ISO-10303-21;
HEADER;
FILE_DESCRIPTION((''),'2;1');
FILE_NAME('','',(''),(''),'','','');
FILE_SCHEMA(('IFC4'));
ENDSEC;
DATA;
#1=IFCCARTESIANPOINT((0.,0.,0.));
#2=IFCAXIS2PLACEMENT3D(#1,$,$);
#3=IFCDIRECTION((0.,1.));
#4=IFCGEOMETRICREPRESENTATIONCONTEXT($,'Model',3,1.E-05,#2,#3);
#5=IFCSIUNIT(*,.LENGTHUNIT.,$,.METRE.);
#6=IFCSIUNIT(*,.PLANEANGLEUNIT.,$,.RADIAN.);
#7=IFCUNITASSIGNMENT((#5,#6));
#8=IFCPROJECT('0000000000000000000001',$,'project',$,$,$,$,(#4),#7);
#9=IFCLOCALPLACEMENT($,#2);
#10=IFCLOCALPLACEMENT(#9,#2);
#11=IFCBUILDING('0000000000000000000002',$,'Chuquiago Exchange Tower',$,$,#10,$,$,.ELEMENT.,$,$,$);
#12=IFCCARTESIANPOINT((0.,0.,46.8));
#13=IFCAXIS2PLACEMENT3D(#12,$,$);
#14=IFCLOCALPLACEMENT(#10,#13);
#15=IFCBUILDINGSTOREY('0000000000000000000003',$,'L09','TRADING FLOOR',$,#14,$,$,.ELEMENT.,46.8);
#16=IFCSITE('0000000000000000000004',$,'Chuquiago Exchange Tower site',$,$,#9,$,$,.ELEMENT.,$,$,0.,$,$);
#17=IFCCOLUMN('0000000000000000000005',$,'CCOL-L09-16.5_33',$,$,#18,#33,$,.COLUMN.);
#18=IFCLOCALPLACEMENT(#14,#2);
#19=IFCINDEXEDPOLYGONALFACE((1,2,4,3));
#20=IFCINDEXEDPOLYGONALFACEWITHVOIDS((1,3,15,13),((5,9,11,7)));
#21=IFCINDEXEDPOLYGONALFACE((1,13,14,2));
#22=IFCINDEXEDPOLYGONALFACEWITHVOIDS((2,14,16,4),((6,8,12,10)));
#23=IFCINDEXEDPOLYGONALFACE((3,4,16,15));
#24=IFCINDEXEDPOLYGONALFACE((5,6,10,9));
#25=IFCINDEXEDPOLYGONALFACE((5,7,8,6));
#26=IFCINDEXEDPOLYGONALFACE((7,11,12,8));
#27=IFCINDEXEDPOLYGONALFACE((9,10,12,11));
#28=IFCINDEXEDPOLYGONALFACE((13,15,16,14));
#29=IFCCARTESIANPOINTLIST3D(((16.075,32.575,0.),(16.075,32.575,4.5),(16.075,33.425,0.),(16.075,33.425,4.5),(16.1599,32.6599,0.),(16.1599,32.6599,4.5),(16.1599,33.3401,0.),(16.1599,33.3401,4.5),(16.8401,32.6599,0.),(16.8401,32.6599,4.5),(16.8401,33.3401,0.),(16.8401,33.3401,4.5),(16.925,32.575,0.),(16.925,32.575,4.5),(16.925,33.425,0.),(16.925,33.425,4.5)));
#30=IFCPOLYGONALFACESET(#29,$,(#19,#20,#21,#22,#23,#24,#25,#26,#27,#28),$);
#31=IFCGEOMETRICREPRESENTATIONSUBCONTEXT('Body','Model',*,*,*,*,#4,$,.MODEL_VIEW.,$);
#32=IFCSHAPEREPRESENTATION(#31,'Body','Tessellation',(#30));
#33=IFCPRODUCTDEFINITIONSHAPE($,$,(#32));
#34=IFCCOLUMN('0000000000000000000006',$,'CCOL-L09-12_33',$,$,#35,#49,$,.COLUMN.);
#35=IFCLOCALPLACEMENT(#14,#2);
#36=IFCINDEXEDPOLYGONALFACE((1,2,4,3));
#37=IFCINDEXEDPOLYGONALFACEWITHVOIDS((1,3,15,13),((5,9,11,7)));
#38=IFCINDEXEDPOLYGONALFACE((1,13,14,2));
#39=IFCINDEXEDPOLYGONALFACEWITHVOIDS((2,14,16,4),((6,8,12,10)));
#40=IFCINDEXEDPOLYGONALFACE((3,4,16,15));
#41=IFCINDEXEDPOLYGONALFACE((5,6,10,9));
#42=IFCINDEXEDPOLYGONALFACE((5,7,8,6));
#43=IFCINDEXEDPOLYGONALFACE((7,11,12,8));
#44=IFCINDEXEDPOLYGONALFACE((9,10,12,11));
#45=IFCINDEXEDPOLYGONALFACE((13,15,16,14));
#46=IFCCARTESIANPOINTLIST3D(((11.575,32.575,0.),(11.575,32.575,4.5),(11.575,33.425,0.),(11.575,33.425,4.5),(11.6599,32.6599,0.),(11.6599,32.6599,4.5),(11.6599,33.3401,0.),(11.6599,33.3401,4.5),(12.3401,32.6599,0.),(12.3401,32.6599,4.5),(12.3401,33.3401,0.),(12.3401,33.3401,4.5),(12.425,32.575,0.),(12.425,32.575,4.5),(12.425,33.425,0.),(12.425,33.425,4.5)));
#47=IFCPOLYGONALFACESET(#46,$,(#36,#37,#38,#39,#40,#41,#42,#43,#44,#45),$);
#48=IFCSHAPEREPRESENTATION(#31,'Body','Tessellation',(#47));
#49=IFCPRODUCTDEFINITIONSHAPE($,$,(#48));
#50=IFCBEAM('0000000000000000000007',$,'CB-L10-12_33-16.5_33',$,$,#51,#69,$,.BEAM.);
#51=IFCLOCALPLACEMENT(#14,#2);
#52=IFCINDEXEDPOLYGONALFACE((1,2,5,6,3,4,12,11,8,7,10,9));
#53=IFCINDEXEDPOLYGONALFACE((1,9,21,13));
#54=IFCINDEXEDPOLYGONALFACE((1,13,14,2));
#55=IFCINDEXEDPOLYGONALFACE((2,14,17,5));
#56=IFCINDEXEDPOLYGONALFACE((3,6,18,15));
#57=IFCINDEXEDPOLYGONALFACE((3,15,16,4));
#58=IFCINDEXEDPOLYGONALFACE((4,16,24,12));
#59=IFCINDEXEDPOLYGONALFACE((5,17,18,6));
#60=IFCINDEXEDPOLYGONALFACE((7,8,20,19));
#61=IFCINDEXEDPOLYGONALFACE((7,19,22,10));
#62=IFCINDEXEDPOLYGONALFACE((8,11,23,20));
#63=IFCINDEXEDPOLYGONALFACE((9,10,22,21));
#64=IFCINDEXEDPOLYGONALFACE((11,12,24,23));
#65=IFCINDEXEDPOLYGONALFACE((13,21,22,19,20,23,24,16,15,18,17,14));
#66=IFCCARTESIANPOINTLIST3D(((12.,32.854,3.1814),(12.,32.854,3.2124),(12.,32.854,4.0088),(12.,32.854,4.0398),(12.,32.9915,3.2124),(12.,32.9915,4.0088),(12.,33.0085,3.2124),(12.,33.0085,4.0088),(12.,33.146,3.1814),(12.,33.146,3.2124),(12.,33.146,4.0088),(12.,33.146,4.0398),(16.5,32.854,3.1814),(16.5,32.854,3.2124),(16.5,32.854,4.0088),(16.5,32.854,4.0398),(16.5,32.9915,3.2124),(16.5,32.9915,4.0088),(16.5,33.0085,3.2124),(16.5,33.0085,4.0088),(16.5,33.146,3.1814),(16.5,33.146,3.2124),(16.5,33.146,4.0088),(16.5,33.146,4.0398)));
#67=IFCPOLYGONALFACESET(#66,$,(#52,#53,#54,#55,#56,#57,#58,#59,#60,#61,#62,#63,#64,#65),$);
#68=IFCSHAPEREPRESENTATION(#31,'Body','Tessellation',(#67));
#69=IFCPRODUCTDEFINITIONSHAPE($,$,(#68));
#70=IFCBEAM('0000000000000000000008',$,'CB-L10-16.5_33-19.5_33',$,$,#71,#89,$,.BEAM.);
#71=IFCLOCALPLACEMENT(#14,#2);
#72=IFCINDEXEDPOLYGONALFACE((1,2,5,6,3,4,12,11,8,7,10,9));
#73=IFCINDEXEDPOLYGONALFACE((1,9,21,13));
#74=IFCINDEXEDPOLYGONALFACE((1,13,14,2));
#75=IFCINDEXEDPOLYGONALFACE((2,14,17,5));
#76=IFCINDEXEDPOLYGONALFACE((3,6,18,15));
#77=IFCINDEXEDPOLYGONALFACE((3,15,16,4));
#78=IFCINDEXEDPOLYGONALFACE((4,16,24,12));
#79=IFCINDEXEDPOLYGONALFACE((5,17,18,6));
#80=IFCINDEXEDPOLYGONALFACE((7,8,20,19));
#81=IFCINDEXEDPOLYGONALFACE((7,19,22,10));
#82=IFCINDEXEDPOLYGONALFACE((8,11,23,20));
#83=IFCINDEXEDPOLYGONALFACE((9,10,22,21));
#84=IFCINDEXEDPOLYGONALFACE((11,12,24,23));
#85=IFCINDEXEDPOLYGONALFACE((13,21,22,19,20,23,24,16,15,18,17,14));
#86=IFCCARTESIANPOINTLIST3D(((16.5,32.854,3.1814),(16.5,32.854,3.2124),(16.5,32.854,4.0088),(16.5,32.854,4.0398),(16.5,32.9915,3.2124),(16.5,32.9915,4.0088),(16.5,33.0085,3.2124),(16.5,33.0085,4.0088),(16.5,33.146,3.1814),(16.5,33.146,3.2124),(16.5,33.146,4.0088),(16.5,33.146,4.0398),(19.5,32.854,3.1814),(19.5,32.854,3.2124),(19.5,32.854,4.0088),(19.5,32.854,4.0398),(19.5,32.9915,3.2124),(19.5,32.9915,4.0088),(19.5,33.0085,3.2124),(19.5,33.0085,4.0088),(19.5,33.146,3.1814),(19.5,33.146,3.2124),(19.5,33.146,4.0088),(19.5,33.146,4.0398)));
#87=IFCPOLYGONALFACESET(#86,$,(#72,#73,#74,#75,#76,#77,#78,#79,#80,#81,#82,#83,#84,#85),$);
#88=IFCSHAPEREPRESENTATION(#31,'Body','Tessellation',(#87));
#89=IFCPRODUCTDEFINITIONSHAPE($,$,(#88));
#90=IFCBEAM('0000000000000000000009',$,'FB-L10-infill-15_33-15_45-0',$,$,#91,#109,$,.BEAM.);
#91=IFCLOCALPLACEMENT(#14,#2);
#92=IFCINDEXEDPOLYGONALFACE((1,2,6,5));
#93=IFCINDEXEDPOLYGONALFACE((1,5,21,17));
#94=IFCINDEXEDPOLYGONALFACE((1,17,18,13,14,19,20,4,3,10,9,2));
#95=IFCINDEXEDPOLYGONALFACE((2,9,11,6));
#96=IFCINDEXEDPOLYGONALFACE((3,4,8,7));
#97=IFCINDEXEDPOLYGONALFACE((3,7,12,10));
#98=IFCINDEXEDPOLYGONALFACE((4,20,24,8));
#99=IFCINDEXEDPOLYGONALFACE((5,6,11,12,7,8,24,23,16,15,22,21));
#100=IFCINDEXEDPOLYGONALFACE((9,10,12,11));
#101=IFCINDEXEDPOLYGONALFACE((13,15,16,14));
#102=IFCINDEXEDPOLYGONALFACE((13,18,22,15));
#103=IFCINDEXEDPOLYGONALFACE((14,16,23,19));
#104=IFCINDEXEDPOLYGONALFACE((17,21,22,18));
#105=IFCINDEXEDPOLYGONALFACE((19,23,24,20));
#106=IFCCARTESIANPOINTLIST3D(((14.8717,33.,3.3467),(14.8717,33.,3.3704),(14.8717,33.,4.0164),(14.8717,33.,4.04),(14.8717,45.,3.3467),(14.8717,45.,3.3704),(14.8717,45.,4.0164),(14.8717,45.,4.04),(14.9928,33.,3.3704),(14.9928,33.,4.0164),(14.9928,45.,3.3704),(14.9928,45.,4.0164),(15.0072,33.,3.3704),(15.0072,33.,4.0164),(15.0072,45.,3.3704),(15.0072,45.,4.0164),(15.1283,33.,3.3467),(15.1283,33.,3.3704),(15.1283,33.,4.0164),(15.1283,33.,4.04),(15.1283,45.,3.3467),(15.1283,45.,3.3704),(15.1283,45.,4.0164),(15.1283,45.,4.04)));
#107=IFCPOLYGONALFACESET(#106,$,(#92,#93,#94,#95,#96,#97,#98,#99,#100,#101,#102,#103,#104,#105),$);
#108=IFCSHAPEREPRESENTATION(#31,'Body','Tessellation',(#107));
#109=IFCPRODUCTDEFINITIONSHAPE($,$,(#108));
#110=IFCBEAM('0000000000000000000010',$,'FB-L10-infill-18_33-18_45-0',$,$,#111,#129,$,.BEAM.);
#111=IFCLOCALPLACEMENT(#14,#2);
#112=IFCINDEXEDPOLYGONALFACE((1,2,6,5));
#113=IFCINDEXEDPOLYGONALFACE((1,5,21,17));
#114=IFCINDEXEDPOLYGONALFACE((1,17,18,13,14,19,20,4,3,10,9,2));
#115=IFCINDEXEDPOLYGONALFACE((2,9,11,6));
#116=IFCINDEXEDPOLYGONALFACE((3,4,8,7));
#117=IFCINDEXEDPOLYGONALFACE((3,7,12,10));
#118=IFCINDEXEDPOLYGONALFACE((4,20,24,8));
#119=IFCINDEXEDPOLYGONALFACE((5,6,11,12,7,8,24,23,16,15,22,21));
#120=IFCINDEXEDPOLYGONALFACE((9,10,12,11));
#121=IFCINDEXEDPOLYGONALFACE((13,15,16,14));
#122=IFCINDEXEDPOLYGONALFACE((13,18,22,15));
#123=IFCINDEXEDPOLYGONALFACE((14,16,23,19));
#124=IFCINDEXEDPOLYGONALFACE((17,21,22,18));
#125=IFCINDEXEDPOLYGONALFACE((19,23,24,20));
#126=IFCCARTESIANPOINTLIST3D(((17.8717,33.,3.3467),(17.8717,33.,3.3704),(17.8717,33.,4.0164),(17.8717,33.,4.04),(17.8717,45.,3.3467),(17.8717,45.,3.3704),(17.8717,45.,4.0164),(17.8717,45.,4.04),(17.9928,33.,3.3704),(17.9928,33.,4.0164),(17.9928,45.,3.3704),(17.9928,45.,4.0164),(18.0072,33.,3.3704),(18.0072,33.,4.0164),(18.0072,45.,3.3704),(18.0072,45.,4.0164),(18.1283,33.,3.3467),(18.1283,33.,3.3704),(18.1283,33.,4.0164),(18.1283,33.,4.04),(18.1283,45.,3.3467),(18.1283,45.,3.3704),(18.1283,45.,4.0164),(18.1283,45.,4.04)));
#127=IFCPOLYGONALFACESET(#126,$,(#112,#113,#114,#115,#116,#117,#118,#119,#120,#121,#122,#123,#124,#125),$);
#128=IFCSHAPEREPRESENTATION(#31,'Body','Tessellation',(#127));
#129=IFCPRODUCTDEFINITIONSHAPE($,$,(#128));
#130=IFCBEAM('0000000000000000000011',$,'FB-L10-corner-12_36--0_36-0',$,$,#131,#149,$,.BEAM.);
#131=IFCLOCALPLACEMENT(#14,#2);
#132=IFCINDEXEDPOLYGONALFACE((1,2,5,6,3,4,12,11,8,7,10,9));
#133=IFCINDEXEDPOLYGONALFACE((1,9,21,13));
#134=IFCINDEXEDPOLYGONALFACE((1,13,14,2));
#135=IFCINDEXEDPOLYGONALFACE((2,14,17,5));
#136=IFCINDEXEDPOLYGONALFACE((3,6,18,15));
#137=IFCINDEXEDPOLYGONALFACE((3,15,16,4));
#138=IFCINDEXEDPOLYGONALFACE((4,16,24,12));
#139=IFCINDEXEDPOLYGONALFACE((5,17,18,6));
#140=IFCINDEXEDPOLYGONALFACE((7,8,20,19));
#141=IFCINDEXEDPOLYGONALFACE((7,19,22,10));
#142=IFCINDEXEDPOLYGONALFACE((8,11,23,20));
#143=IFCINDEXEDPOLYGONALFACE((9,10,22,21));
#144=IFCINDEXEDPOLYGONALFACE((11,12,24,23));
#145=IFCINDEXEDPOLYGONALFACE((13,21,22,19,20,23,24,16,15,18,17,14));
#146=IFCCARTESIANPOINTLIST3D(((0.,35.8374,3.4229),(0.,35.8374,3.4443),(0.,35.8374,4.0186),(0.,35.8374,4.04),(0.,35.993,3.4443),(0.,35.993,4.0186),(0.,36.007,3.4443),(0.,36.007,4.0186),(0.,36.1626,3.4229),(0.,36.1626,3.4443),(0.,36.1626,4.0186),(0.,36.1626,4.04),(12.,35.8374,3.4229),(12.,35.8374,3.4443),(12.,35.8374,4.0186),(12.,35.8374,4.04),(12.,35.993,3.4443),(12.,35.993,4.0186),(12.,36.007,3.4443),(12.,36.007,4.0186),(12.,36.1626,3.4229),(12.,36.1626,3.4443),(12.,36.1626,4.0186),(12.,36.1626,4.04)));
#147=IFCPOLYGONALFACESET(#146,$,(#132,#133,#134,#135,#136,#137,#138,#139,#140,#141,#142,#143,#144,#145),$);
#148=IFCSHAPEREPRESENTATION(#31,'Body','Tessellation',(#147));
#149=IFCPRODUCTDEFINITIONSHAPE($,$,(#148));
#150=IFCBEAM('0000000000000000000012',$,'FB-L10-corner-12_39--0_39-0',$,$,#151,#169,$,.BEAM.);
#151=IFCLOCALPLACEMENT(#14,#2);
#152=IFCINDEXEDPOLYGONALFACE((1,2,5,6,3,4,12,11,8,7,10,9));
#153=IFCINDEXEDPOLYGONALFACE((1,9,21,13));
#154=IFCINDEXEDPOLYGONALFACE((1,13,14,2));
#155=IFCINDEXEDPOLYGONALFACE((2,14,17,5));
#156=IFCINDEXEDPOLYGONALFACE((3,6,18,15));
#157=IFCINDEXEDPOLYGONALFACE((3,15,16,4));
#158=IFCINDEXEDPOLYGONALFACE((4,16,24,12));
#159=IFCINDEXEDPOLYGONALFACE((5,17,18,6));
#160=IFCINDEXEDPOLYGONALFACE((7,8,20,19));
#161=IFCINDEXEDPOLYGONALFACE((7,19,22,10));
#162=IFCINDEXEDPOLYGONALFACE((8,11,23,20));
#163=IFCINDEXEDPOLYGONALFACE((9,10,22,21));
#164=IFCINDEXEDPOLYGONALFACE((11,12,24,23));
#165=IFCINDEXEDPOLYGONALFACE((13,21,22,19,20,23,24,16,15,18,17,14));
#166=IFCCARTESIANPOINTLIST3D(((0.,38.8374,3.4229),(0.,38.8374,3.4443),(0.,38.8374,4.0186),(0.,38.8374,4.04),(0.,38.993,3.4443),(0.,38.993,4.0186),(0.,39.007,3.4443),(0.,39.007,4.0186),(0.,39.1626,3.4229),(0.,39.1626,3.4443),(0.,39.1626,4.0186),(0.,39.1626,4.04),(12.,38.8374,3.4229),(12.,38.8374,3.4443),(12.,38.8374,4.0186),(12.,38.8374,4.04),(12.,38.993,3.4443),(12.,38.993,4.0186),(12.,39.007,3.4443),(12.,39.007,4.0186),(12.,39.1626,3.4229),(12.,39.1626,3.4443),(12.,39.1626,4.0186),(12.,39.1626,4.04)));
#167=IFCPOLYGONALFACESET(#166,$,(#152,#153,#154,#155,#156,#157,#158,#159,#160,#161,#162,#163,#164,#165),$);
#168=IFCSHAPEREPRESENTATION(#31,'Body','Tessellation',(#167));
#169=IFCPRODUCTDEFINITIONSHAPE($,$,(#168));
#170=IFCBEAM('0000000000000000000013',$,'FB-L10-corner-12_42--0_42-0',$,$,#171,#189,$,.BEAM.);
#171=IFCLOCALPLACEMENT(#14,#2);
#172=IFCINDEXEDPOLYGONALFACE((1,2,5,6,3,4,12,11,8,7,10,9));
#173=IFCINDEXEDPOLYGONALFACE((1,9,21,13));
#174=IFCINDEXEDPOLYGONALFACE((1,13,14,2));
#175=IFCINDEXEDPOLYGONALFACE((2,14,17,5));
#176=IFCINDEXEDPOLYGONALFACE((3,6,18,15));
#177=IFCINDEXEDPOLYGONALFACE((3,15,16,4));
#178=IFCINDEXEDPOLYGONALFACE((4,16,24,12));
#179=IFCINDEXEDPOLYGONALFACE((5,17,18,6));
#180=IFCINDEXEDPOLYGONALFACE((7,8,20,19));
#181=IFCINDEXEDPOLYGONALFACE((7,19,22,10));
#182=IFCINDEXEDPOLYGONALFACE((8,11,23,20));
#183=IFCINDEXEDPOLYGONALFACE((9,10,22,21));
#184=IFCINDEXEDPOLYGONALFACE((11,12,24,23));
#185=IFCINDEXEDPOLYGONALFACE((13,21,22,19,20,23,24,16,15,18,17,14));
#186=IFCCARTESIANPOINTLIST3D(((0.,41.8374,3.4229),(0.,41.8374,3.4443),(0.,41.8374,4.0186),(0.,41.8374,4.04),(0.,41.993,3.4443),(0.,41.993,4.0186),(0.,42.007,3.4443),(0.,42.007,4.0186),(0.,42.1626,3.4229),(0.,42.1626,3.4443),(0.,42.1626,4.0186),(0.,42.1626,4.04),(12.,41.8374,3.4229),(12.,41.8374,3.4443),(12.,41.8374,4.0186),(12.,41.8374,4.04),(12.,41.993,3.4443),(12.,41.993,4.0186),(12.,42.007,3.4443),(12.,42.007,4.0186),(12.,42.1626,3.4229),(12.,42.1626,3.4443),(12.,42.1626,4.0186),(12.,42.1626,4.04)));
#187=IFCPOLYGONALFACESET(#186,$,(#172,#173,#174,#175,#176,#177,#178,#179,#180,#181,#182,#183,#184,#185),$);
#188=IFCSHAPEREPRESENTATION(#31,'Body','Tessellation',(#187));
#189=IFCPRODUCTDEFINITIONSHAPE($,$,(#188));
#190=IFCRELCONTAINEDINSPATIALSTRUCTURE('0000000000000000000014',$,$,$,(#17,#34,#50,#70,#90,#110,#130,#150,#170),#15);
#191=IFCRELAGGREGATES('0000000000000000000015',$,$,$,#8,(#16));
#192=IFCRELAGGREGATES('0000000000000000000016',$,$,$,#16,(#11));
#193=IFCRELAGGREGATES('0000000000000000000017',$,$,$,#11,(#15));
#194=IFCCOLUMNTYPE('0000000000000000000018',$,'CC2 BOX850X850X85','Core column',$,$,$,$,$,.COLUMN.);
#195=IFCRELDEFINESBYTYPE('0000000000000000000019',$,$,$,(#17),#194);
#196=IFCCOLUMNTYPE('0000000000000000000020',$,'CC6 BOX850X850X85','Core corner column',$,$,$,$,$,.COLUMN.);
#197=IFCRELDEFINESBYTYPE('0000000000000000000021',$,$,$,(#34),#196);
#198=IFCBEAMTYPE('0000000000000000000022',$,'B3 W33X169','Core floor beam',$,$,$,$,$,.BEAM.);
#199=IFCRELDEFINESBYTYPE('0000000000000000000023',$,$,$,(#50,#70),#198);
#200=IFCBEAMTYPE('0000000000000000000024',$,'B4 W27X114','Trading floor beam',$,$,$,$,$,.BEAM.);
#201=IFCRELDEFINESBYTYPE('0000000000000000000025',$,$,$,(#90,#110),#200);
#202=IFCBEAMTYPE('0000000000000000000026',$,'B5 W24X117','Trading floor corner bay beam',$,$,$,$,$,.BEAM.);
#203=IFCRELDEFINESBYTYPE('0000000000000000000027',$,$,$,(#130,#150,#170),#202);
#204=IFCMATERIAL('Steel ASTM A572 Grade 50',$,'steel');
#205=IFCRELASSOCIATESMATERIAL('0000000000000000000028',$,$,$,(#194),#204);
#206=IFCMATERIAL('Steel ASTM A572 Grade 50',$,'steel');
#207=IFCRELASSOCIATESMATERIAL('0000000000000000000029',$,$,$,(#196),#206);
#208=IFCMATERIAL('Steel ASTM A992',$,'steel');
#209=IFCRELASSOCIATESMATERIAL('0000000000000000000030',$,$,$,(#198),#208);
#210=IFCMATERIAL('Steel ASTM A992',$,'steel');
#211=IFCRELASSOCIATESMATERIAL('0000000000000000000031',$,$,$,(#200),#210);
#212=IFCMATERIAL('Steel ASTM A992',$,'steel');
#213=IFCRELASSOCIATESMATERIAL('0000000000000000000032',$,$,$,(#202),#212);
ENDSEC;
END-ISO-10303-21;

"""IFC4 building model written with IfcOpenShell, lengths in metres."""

from ifc_helpers import new_model, si_unit, direction, frame, origin, origin_2d, place, context, subcontext, project, spatial, hollow_rectangle, i_section, extrude, material, material_profile, profile_set, type_object, element, save


model = new_model("IFC4")

# Units and contexts
model_context = context("Model", 3, precision=1e-05, world=origin(), true_north=direction((0.0, 1.0)))
body_context = subcontext(model_context, "Body", "Model", "MODEL_VIEW")
ifc_project = project(units=[si_unit("LENGTHUNIT", "METRE"), si_unit("PLANEANGLEUNIT", "RADIAN")], contexts=[model_context])

# Site, building, storey
site_placement = place(None, origin())
site = spatial("IfcSite", under=ifc_project, at=site_placement, Name="Chuquiago Exchange Tower site", CompositionType="ELEMENT", RefElevation=0.0)
building_placement = place(site_placement, origin())
building = spatial("IfcBuilding", under=site, at=building_placement, Name="Chuquiago Exchange Tower", CompositionType="ELEMENT")
storey_placement = place(building_placement, frame((0.0, 0.0, 46.8)))
storey = spatial("IfcBuildingStorey", under=building, at=storey_placement, Name="L09", Description="TRADING FLOOR", CompositionType="ELEMENT", Elevation=46.8)

# Columns
ifc_material_1 = material(Name="Steel ASTM A572 Grade 50", Category="steel")
ifc_material_profile_1 = material_profile(ifc_material_1, hollow_rectangle(XDim=0.8501, YDim=0.8501, WallThickness=0.085, at=origin_2d()), Name="BOX850X850X85")
ifc_profile_set_1 = profile_set([ifc_material_profile_1], Name="Steel ASTM A572 Grade 50")
column_type_1 = type_object("IfcColumnType", Name="CC2 BOX850X850X85", Description="Core column", PredefinedType="COLUMN", material=ifc_profile_set_1)
column_1_placement = place(storey_placement, frame((16.5, 33.0, 0.0), z_axis=(0.0, 0.0, 1.0), x_axis=(1.0, 0.0, 0.0)))
element("IfcColumn", 1, at=column_1_placement, inside=storey, type_object=column_type_1, Name="CCOL-L09-16.5_33", PredefinedType="COLUMN", context=body_context, shape_type="SweptSolid", body=[
    extrude(hollow_rectangle(XDim=0.8501, YDim=0.8501, WallThickness=0.085, at=origin_2d()), origin(), (0.0, 0.0, 1.0), 4.5),
])
ifc_material_2 = material(Name="Steel ASTM A572 Grade 50", Category="steel")
ifc_material_profile_2 = material_profile(ifc_material_2, hollow_rectangle(XDim=0.8501, YDim=0.8501, WallThickness=0.085, at=origin_2d()), Name="BOX850X850X85")
ifc_profile_set_2 = profile_set([ifc_material_profile_2], Name="Steel ASTM A572 Grade 50")
column_type_2 = type_object("IfcColumnType", Name="CC6 BOX850X850X85", Description="Core corner column", PredefinedType="COLUMN", material=ifc_profile_set_2)
column_2_placement = place(storey_placement, frame((12.0, 33.0, 0.0), z_axis=(0.0, 0.0, 1.0), x_axis=(1.0, 0.0, 0.0)))
element("IfcColumn", 2, at=column_2_placement, inside=storey, type_object=column_type_2, Name="CCOL-L09-12_33", PredefinedType="COLUMN", context=body_context, shape_type="SweptSolid", body=[
    extrude(hollow_rectangle(XDim=0.8501, YDim=0.8501, WallThickness=0.085, at=origin_2d()), origin(), (0.0, 0.0, 1.0), 4.5),
])

# Beams
ifc_material_3 = material(Name="Steel ASTM A992", Category="steel")
ifc_material_profile_3 = material_profile(ifc_material_3, i_section(OverallWidth=0.292, OverallDepth=0.8584, WebThickness=0.0171, FlangeThickness=0.031, at=origin_2d()), Name="W33X169")
ifc_profile_set_3 = profile_set([ifc_material_profile_3], Name="Steel ASTM A992")
beam_type_1 = type_object("IfcBeamType", Name="B3 W33X169", Description="Core floor beam", PredefinedType="BEAM", material=ifc_profile_set_3)
beam_1_placement = place(storey_placement, frame((12.0, 33.0, 3.6106), z_axis=(1.0, 0.0, 0.0), x_axis=(0.0, 1.0, 0.0)))
element("IfcBeam", 3, at=beam_1_placement, inside=storey, type_object=beam_type_1, Name="CB-L10-12_33-16.5_33", PredefinedType="BEAM", context=body_context, shape_type="SweptSolid", body=[
    extrude(i_section(OverallWidth=0.292, OverallDepth=0.8584, WebThickness=0.0171, FlangeThickness=0.031, at=origin_2d()), origin(), (0.0, 0.0, 1.0), 4.5),
])
beam_2_placement = place(storey_placement, frame((16.5, 33.0, 3.6106), z_axis=(1.0, 0.0, 0.0), x_axis=(0.0, 1.0, 0.0)))
element("IfcBeam", 4, at=beam_2_placement, inside=storey, type_object=beam_type_1, Name="CB-L10-16.5_33-19.5_33", PredefinedType="BEAM", context=body_context, shape_type="SweptSolid", body=[
    extrude(i_section(OverallWidth=0.292, OverallDepth=0.8584, WebThickness=0.0171, FlangeThickness=0.031, at=origin_2d()), origin(), (0.0, 0.0, 1.0), 3.0),
])
ifc_material_4 = material(Name="Steel ASTM A992", Category="steel")
ifc_material_profile_4 = material_profile(ifc_material_4, i_section(OverallWidth=0.2566, OverallDepth=0.6934, WebThickness=0.0144, FlangeThickness=0.0237, at=origin_2d()), Name="W27X114")
ifc_profile_set_4 = profile_set([ifc_material_profile_4], Name="Steel ASTM A992")
beam_type_2 = type_object("IfcBeamType", Name="B4 W27X114", Description="Trading floor beam", PredefinedType="BEAM", material=ifc_profile_set_4)
for number, where, z_axis, x_axis, name in (
    (5, (15.0, 33.0, 3.6934), (0.0, 1.0, 0.0), (-1.0, 0.0, 0.0), "FB-L10-infill-15_33-15_45-0"),
    (6, (18.0, 33.0, 3.6934), (0.0, 1.0, 0.0), (-1.0, 0.0, 0.0), "FB-L10-infill-18_33-18_45-0"),
):
    element("IfcBeam", number, at=place(storey_placement, frame(where, z_axis=z_axis, x_axis=x_axis)), inside=storey, type_object=beam_type_2, Name=name, PredefinedType="BEAM", context=body_context, shape_type="SweptSolid", body=[
        extrude(i_section(OverallWidth=0.2566, OverallDepth=0.6934, WebThickness=0.0144, FlangeThickness=0.0237, at=origin_2d()), origin(), (0.0, 0.0, 1.0), 12.0),
    ])
ifc_material_5 = material(Name="Steel ASTM A992", Category="steel")
ifc_material_profile_5 = material_profile(ifc_material_5, i_section(OverallWidth=0.3252, OverallDepth=0.6172, WebThickness=0.0139, FlangeThickness=0.0215, at=origin_2d()), Name="W24X117")
ifc_profile_set_5 = profile_set([ifc_material_profile_5], Name="Steel ASTM A992")
beam_type_3 = type_object("IfcBeamType", Name="B5 W24X117", Description="Trading floor corner bay beam", PredefinedType="BEAM", material=ifc_profile_set_5)
for number, where, z_axis, x_axis, name in (
    (7, (12.0, 36.0, 3.7314), (-1.0, 0.0, 0.0), (0.0, -1.0, 0.0), "FB-L10-corner-12_36--0_36-0"),
    (8, (12.0, 39.0, 3.7314), (-1.0, 0.0, 0.0), (0.0, -1.0, 0.0), "FB-L10-corner-12_39--0_39-0"),
    (9, (12.0, 42.0, 3.7314), (-1.0, 0.0, 0.0), (0.0, -1.0, 0.0), "FB-L10-corner-12_42--0_42-0"),
):
    element("IfcBeam", number, at=place(storey_placement, frame(where, z_axis=z_axis, x_axis=x_axis)), inside=storey, type_object=beam_type_3, Name=name, PredefinedType="BEAM", context=body_context, shape_type="SweptSolid", body=[
        extrude(i_section(OverallWidth=0.3252, OverallDepth=0.6172, WebThickness=0.0139, FlangeThickness=0.0215, at=origin_2d()), origin(), (0.0, 0.0, 1.0), 12.0),
    ])

save(model, "model.ifc")
